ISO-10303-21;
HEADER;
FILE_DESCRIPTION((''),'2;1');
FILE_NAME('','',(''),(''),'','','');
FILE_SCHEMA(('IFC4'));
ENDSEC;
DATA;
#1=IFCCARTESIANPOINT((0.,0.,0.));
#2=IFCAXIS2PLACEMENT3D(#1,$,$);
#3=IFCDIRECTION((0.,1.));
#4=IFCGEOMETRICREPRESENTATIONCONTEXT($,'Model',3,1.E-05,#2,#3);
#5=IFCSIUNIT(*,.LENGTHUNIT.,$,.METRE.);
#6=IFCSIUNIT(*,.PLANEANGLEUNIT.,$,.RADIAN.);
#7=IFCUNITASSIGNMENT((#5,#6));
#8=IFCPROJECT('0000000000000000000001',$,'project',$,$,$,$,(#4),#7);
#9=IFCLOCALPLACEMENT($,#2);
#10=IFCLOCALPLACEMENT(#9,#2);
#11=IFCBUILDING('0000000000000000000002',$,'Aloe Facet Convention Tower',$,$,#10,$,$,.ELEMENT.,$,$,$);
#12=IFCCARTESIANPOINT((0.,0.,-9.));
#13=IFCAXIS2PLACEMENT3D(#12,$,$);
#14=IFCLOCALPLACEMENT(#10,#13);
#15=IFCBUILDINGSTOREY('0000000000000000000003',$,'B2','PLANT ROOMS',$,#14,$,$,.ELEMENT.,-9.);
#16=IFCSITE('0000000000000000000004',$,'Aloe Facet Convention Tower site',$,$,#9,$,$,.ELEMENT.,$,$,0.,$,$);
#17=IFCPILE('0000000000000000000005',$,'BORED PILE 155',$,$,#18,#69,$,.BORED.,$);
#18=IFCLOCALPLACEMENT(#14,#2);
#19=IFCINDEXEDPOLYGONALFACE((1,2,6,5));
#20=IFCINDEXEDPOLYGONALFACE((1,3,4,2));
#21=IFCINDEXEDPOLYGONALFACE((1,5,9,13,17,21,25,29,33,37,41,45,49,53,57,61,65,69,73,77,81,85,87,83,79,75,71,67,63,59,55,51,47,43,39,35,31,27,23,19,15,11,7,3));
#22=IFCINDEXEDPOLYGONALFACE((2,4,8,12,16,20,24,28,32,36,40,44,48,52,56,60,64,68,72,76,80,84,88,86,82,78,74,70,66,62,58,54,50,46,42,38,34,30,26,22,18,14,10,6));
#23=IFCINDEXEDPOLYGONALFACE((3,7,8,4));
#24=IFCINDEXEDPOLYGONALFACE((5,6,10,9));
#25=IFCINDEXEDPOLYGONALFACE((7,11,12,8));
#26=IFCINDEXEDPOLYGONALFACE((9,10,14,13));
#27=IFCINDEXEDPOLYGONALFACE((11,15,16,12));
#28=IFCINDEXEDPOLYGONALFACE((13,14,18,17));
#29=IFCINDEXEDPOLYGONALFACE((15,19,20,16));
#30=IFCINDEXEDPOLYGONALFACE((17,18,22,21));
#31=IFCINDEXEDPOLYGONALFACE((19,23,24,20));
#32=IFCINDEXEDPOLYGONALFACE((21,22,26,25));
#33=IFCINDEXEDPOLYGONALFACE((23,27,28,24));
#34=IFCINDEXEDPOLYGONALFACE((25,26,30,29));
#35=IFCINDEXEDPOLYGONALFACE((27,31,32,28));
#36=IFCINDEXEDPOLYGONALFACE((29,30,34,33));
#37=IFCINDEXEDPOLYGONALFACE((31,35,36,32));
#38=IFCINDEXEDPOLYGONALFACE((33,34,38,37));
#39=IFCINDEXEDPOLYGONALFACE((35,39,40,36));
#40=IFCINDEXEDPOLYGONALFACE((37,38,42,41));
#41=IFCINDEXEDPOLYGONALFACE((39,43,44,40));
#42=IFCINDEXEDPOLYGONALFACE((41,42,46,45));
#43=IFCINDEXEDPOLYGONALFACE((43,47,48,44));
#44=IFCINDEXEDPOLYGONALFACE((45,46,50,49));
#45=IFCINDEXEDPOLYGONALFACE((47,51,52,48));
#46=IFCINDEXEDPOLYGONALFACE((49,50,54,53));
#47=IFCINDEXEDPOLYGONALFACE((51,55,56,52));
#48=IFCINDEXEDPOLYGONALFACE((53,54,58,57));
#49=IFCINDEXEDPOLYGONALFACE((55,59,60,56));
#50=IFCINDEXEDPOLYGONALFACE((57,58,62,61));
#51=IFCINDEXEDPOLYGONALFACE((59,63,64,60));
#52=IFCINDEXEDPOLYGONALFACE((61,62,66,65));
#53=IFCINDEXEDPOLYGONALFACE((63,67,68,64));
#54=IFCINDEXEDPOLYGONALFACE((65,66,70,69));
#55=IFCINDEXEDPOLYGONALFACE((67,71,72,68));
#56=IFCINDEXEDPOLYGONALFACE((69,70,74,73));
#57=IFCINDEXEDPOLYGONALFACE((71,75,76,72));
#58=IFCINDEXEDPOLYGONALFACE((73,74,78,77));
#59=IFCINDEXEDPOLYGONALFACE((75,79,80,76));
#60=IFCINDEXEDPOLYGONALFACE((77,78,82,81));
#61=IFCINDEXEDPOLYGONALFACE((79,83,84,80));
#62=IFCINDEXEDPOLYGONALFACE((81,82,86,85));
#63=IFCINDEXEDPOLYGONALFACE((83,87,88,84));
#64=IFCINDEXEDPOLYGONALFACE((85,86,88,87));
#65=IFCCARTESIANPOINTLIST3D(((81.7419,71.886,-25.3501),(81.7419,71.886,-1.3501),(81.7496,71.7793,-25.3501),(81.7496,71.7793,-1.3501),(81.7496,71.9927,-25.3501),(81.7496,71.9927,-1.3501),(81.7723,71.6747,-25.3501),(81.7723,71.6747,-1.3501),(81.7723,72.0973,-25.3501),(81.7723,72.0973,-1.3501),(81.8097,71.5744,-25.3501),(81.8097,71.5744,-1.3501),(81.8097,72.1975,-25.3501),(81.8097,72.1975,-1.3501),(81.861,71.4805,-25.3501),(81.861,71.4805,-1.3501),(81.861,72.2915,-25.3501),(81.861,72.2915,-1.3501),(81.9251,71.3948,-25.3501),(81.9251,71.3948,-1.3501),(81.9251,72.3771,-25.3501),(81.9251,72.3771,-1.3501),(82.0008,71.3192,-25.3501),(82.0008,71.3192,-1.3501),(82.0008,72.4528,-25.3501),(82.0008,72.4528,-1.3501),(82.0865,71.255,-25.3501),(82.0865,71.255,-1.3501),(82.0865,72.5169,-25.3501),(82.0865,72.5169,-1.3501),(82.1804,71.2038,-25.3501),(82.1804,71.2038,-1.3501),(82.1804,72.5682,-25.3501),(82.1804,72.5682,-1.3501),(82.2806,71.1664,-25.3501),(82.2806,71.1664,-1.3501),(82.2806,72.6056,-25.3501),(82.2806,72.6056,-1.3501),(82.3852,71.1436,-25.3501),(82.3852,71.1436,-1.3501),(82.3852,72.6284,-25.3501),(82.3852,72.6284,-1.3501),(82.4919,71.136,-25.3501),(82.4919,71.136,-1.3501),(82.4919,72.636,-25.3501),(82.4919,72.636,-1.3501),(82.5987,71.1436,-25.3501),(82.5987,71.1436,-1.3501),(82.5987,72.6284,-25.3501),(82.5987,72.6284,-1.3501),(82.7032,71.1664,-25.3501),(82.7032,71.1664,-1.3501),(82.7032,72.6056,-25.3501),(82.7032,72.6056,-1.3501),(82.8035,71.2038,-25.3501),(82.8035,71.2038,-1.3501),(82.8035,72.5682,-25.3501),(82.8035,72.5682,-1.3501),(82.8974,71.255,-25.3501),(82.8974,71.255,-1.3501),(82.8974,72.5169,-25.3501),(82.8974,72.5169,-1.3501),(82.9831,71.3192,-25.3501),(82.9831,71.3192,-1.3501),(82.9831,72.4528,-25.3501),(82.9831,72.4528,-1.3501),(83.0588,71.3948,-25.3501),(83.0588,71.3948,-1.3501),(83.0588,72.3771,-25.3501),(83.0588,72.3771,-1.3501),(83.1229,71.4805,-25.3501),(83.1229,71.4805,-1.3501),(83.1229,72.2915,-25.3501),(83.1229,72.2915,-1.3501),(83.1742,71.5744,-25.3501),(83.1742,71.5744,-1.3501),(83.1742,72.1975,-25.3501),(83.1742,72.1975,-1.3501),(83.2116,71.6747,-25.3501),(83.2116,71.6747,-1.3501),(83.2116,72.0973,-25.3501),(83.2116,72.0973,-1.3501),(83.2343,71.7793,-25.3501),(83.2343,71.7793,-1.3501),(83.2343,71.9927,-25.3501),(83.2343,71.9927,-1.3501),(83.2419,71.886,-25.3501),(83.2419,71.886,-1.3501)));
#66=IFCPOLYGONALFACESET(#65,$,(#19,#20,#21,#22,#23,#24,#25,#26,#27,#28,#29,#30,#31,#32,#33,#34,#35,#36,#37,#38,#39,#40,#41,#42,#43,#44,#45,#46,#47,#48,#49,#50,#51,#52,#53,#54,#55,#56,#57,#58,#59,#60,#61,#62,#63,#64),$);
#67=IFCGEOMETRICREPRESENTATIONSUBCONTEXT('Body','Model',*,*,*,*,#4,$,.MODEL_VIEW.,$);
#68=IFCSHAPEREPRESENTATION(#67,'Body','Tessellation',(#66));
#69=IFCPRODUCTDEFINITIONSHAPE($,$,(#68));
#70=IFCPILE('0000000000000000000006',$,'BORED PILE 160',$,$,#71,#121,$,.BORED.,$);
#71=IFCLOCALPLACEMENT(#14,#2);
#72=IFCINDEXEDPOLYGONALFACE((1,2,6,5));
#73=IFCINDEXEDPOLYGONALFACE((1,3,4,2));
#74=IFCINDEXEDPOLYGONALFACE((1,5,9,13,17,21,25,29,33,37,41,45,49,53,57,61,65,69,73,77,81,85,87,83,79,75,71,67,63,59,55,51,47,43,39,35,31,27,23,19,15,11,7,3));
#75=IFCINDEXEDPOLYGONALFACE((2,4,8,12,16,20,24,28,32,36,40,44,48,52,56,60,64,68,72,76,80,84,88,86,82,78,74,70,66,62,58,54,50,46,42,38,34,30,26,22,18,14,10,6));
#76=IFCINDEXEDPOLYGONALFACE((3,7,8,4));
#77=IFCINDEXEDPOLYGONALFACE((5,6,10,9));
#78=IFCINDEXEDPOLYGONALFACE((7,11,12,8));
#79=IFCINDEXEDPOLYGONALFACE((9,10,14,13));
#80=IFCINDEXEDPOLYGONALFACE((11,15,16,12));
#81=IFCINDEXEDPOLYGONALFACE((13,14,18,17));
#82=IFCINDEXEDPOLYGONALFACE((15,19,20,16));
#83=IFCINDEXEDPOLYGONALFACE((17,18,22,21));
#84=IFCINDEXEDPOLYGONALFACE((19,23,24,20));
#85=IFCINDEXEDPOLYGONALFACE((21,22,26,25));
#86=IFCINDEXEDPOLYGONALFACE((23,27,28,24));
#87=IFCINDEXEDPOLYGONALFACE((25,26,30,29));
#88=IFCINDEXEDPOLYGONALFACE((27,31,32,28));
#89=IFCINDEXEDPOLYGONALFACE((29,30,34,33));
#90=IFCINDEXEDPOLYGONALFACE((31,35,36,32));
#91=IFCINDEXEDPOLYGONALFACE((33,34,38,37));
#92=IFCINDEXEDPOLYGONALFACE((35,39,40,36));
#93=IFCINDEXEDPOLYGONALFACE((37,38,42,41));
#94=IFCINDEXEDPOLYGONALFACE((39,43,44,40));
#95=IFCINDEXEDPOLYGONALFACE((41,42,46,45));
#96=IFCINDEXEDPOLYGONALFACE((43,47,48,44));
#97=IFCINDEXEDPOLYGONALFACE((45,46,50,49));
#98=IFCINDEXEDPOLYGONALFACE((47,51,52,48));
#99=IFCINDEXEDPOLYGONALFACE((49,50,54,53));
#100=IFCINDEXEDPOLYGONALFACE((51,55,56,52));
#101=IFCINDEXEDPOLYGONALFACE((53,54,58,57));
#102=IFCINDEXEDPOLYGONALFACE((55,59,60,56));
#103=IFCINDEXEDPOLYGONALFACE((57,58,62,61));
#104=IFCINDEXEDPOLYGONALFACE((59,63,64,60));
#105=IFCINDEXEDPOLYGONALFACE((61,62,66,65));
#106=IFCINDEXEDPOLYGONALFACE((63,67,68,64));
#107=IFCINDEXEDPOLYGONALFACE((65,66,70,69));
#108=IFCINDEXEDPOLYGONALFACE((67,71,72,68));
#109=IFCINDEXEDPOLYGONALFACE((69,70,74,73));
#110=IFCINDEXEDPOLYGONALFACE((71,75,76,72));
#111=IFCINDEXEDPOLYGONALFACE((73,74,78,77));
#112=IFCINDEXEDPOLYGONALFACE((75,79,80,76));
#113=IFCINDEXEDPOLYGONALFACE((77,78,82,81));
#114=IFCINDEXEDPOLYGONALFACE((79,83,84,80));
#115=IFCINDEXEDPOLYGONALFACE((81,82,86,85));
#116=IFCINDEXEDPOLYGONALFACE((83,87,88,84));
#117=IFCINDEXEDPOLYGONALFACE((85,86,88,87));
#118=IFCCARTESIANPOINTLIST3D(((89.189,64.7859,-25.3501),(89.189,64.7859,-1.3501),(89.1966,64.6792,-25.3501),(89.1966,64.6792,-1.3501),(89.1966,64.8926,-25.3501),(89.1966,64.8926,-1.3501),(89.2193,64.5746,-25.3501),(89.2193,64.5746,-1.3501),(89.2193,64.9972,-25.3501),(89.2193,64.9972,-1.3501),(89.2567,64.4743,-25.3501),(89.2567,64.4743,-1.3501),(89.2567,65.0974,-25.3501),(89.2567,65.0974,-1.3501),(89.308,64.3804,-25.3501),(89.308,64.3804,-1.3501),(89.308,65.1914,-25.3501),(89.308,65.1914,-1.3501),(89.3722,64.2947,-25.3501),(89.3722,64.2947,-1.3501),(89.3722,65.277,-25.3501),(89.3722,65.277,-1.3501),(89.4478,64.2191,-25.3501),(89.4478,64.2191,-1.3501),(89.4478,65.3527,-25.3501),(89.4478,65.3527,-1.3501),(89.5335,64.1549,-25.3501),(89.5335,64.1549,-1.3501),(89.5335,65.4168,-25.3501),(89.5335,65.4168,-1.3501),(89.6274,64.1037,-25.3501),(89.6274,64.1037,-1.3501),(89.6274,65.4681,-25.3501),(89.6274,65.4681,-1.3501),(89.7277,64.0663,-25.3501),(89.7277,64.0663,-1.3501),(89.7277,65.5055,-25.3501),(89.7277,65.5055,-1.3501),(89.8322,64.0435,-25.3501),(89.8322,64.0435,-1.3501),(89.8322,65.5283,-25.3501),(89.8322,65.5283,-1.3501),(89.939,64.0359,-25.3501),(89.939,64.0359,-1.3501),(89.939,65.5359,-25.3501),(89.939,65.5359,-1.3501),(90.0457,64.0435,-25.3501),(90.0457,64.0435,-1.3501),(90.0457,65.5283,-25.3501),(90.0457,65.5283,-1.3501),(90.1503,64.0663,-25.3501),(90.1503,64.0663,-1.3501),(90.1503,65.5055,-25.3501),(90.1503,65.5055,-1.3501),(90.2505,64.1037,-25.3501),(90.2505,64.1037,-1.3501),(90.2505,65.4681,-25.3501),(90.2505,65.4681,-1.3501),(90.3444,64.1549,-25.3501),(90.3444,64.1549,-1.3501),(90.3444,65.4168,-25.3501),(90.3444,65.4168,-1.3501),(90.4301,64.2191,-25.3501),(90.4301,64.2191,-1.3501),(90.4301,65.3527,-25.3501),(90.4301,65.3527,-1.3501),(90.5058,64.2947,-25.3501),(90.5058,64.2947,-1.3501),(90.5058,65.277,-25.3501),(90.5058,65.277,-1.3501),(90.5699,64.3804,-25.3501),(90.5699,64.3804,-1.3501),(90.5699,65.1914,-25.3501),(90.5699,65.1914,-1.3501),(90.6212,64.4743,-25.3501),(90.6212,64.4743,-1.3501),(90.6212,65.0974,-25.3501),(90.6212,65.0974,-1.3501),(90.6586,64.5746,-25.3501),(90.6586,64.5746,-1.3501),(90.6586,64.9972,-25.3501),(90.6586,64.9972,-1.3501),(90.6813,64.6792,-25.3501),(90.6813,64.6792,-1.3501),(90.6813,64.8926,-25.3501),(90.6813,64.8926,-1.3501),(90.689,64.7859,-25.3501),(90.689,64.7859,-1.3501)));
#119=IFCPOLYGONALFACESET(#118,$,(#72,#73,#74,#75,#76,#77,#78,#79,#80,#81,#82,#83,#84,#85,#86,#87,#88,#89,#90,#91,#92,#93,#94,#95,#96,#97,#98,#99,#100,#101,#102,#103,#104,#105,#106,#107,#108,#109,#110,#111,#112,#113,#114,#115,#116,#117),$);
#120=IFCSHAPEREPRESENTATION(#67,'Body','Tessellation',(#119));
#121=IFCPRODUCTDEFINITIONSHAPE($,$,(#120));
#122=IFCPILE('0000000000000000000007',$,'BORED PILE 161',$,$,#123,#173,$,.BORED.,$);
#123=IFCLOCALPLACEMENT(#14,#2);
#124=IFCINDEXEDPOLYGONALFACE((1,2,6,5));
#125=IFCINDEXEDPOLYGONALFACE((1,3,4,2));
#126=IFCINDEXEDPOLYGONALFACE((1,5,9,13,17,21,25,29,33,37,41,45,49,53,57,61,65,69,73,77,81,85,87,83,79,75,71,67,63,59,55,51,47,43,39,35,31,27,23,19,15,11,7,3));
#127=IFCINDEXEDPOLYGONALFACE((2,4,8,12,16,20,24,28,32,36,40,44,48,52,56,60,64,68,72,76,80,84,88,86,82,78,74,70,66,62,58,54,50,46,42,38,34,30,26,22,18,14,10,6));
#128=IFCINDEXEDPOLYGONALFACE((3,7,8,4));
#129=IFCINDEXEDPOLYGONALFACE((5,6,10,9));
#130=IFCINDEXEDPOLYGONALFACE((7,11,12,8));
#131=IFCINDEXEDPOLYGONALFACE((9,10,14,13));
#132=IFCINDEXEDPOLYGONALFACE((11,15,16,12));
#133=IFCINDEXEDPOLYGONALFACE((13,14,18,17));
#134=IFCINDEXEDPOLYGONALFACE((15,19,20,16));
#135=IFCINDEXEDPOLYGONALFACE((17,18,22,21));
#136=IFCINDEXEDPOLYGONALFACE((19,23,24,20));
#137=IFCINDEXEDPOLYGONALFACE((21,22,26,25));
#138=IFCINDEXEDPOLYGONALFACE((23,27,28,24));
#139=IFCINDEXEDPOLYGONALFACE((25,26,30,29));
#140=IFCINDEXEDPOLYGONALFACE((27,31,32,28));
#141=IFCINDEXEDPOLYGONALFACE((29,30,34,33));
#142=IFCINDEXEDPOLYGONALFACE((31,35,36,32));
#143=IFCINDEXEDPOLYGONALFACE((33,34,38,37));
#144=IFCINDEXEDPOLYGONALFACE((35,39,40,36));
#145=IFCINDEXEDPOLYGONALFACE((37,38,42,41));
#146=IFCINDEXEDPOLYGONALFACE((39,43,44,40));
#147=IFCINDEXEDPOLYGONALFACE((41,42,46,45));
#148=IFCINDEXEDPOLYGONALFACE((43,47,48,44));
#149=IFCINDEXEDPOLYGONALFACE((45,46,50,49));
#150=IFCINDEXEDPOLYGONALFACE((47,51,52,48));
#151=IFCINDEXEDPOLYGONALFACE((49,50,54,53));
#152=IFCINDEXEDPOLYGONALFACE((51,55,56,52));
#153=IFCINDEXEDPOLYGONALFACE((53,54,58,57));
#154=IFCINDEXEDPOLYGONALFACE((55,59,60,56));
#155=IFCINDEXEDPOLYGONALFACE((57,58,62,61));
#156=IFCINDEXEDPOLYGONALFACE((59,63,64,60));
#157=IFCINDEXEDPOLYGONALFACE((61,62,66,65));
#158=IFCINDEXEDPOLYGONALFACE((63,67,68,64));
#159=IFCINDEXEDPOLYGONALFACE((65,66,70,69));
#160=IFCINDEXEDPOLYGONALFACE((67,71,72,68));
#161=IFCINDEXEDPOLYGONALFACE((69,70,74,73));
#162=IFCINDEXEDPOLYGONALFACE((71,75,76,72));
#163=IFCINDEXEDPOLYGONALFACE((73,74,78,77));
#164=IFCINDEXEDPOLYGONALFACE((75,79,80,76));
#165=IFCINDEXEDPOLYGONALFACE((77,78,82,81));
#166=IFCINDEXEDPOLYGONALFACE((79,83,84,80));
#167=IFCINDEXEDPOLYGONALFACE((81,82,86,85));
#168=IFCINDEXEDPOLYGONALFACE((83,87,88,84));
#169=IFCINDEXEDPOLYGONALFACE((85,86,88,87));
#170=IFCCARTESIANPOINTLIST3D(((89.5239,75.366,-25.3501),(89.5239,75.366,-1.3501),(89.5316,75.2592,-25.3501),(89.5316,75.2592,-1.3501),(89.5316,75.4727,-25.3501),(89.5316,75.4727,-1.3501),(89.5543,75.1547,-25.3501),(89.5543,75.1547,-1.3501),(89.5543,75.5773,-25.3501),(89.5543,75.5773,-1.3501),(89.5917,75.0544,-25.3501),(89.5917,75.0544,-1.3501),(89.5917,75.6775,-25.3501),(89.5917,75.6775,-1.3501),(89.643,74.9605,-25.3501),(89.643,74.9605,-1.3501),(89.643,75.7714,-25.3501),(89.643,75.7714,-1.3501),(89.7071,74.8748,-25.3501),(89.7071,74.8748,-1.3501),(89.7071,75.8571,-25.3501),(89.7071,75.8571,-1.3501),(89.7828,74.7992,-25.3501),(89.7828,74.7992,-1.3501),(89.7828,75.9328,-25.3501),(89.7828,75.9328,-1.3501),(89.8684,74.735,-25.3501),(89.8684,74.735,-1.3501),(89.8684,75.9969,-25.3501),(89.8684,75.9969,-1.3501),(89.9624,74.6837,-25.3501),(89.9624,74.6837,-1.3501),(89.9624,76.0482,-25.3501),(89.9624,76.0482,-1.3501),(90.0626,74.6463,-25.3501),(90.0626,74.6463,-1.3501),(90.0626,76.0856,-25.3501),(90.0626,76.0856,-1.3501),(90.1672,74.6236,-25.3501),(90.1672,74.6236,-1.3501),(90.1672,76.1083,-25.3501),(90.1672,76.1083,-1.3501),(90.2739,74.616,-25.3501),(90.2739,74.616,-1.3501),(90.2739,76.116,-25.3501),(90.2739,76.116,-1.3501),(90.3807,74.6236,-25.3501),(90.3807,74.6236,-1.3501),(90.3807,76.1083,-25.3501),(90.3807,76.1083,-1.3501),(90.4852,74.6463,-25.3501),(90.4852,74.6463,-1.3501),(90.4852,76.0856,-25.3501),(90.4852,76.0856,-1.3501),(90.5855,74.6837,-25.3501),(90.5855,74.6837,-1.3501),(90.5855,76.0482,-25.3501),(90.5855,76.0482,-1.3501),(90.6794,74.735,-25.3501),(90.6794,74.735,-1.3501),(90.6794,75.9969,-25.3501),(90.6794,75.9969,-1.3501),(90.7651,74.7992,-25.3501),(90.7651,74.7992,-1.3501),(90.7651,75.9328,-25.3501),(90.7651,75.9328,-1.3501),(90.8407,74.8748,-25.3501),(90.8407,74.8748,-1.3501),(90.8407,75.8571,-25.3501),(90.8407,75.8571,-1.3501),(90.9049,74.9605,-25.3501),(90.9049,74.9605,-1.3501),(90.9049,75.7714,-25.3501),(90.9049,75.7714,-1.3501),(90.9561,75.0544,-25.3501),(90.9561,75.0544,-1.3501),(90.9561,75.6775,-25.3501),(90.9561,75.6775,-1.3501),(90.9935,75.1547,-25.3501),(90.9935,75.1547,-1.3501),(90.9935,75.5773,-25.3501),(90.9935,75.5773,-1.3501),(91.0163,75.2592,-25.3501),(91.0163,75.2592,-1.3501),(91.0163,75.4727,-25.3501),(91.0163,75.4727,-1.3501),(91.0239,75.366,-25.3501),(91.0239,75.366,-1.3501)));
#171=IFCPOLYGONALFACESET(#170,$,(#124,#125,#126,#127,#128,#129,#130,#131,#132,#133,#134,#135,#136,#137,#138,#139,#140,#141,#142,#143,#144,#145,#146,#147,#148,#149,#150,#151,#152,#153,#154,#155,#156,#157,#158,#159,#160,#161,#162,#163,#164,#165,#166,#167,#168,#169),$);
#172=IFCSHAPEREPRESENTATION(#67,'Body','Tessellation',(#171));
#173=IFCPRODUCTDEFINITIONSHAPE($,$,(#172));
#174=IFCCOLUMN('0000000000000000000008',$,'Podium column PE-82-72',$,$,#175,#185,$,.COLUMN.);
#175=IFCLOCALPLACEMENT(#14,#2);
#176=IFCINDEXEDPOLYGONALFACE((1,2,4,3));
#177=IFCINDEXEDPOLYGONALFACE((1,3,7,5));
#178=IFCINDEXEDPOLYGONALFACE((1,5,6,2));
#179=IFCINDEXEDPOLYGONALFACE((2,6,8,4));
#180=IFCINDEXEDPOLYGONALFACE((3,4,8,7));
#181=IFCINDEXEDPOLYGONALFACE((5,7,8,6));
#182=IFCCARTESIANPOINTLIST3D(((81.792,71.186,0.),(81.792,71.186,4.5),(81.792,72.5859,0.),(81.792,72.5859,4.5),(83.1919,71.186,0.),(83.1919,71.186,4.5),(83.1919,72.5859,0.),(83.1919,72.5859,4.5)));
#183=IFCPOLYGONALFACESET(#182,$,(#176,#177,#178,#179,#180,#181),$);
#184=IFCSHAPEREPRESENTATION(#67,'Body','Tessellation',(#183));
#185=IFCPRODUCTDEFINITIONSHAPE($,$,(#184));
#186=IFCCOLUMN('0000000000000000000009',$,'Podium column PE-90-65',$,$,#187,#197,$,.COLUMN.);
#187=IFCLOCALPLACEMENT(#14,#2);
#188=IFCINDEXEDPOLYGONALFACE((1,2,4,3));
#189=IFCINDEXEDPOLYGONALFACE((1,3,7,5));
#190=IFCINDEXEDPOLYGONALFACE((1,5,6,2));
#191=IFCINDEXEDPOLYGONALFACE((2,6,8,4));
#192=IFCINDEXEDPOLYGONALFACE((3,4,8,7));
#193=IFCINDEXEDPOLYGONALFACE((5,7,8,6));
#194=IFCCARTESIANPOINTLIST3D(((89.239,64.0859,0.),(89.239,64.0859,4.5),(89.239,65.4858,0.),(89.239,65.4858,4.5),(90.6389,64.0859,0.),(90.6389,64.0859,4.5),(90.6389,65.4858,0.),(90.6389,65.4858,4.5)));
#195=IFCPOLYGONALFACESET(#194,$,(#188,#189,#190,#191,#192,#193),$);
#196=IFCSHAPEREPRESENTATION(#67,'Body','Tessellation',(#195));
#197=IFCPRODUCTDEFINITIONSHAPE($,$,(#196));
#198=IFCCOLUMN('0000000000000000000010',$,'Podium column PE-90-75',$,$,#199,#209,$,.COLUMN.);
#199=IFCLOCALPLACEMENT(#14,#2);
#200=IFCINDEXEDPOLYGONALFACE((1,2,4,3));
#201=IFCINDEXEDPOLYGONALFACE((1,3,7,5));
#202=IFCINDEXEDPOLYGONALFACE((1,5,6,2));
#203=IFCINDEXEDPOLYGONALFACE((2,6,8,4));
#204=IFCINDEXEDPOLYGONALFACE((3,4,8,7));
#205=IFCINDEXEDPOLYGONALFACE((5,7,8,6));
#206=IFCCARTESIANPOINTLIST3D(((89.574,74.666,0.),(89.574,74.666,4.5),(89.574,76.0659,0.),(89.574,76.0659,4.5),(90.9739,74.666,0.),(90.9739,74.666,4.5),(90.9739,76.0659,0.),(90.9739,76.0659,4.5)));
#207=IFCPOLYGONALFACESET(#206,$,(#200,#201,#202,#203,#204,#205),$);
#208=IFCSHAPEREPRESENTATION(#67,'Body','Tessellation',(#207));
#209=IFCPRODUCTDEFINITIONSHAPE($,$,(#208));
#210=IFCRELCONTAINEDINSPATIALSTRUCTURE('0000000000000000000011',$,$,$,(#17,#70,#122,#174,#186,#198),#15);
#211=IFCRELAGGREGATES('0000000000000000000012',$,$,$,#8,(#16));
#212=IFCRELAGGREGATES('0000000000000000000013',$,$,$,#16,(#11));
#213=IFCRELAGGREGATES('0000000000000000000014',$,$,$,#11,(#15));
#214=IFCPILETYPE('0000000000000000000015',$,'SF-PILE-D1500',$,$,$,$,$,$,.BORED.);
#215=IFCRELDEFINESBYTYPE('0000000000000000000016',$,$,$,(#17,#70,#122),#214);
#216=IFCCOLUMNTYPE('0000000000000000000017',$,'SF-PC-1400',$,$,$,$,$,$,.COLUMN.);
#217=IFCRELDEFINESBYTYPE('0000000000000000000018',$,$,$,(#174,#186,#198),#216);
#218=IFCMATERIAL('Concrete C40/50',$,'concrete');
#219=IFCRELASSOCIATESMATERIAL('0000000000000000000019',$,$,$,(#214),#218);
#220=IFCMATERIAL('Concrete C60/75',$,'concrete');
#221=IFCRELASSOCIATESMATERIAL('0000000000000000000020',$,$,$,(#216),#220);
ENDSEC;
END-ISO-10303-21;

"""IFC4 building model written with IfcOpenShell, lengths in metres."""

from ifc_helpers import new_model, si_unit, direction, frame, origin, origin_2d, place, context, subcontext, project, spatial, rectangle, circle, extrude, material, material_profile, profile_set, type_object, element, save


model = new_model("IFC4")

# Units and contexts
model_context = context("Model", 3, precision=1e-05, world=origin(), true_north=direction((0.0, 1.0)))
body_context = subcontext(model_context, "Body", "Model", "MODEL_VIEW")
ifc_project = project(units=[si_unit("LENGTHUNIT", "METRE"), si_unit("PLANEANGLEUNIT", "RADIAN")], contexts=[model_context])

# Site, building, storey
site_placement = place(None, origin())
site = spatial("IfcSite", under=ifc_project, at=site_placement, Name="Aloe Facet Convention Tower site", CompositionType="ELEMENT", RefElevation=0.0)
building_placement = place(site_placement, origin())
building = spatial("IfcBuilding", under=site, at=building_placement, Name="Aloe Facet Convention Tower", CompositionType="ELEMENT")
storey_placement = place(building_placement, frame((0.0, 0.0, -9.0)))
storey = spatial("IfcBuildingStorey", under=building, at=storey_placement, Name="B2", Description="PLANT ROOMS", CompositionType="ELEMENT", Elevation=-9.0)

# Piles
ifc_material_1 = material(Name="Concrete C40/50", Category="concrete")
ifc_material_profile_1 = material_profile(ifc_material_1, circle(Radius=0.75, at=origin_2d()), Name="D1500")
ifc_profile_set_1 = profile_set([ifc_material_profile_1], Name="Concrete C40/50")
pile_type = type_object("IfcPileType", Name="SF-PILE-D1500", PredefinedType="BORED", material=ifc_profile_set_1)
for number, where, z_axis, x_axis, name in (
    (1, (82.4919, 71.886, -1.3501), (0.0, 0.0, -1.0), (1.0, 0.0, 0.0), "BORED PILE 155"),
    (2, (89.939, 64.7859, -1.3501), (0.0, 0.0, -1.0), (1.0, 0.0, 0.0), "BORED PILE 160"),
    (3, (90.2739, 75.366, -1.3501), (0.0, 0.0, -1.0), (1.0, 0.0, 0.0), "BORED PILE 161"),
):
    element("IfcPile", number, at=place(storey_placement, frame(where, z_axis=z_axis, x_axis=x_axis)), inside=storey, type_object=pile_type, Name=name, PredefinedType="BORED", context=body_context, shape_type="SweptSolid", body=[
        extrude(circle(Radius=0.75, at=origin_2d()), origin(), (0.0, 0.0, 1.0), 24.0),
    ])

# Columns
ifc_material_2 = material(Name="Concrete C60/75", Category="concrete")
ifc_material_profile_2 = material_profile(ifc_material_2, rectangle(XDim=1.3999, YDim=1.3999, at=origin_2d()), Name="SF-PC-1400")
ifc_profile_set_2 = profile_set([ifc_material_profile_2], Name="Concrete C60/75")
column_type = type_object("IfcColumnType", Name="SF-PC-1400", PredefinedType="COLUMN", material=ifc_profile_set_2)
for number, where, z_axis, x_axis, name in (
    (4, (82.4919, 71.886, 0.0), (0.0, 0.0, 1.0), (1.0, 0.0, 0.0), "Podium column PE-82-72"),
    (5, (89.939, 64.7859, 0.0), (0.0, 0.0, 1.0), (1.0, 0.0, 0.0), "Podium column PE-90-65"),
    (6, (90.2739, 75.366, 0.0), (0.0, 0.0, 1.0), (1.0, 0.0, 0.0), "Podium column PE-90-75"),
):
    element("IfcColumn", number, at=place(storey_placement, frame(where, z_axis=z_axis, x_axis=x_axis)), inside=storey, type_object=column_type, Name=name, PredefinedType="COLUMN", context=body_context, shape_type="SweptSolid", body=[
        extrude(rectangle(XDim=1.3999, YDim=1.3999, at=origin_2d()), origin(), (0.0, 0.0, 1.0), 4.5),
    ])

save(model, "model.ifc")
